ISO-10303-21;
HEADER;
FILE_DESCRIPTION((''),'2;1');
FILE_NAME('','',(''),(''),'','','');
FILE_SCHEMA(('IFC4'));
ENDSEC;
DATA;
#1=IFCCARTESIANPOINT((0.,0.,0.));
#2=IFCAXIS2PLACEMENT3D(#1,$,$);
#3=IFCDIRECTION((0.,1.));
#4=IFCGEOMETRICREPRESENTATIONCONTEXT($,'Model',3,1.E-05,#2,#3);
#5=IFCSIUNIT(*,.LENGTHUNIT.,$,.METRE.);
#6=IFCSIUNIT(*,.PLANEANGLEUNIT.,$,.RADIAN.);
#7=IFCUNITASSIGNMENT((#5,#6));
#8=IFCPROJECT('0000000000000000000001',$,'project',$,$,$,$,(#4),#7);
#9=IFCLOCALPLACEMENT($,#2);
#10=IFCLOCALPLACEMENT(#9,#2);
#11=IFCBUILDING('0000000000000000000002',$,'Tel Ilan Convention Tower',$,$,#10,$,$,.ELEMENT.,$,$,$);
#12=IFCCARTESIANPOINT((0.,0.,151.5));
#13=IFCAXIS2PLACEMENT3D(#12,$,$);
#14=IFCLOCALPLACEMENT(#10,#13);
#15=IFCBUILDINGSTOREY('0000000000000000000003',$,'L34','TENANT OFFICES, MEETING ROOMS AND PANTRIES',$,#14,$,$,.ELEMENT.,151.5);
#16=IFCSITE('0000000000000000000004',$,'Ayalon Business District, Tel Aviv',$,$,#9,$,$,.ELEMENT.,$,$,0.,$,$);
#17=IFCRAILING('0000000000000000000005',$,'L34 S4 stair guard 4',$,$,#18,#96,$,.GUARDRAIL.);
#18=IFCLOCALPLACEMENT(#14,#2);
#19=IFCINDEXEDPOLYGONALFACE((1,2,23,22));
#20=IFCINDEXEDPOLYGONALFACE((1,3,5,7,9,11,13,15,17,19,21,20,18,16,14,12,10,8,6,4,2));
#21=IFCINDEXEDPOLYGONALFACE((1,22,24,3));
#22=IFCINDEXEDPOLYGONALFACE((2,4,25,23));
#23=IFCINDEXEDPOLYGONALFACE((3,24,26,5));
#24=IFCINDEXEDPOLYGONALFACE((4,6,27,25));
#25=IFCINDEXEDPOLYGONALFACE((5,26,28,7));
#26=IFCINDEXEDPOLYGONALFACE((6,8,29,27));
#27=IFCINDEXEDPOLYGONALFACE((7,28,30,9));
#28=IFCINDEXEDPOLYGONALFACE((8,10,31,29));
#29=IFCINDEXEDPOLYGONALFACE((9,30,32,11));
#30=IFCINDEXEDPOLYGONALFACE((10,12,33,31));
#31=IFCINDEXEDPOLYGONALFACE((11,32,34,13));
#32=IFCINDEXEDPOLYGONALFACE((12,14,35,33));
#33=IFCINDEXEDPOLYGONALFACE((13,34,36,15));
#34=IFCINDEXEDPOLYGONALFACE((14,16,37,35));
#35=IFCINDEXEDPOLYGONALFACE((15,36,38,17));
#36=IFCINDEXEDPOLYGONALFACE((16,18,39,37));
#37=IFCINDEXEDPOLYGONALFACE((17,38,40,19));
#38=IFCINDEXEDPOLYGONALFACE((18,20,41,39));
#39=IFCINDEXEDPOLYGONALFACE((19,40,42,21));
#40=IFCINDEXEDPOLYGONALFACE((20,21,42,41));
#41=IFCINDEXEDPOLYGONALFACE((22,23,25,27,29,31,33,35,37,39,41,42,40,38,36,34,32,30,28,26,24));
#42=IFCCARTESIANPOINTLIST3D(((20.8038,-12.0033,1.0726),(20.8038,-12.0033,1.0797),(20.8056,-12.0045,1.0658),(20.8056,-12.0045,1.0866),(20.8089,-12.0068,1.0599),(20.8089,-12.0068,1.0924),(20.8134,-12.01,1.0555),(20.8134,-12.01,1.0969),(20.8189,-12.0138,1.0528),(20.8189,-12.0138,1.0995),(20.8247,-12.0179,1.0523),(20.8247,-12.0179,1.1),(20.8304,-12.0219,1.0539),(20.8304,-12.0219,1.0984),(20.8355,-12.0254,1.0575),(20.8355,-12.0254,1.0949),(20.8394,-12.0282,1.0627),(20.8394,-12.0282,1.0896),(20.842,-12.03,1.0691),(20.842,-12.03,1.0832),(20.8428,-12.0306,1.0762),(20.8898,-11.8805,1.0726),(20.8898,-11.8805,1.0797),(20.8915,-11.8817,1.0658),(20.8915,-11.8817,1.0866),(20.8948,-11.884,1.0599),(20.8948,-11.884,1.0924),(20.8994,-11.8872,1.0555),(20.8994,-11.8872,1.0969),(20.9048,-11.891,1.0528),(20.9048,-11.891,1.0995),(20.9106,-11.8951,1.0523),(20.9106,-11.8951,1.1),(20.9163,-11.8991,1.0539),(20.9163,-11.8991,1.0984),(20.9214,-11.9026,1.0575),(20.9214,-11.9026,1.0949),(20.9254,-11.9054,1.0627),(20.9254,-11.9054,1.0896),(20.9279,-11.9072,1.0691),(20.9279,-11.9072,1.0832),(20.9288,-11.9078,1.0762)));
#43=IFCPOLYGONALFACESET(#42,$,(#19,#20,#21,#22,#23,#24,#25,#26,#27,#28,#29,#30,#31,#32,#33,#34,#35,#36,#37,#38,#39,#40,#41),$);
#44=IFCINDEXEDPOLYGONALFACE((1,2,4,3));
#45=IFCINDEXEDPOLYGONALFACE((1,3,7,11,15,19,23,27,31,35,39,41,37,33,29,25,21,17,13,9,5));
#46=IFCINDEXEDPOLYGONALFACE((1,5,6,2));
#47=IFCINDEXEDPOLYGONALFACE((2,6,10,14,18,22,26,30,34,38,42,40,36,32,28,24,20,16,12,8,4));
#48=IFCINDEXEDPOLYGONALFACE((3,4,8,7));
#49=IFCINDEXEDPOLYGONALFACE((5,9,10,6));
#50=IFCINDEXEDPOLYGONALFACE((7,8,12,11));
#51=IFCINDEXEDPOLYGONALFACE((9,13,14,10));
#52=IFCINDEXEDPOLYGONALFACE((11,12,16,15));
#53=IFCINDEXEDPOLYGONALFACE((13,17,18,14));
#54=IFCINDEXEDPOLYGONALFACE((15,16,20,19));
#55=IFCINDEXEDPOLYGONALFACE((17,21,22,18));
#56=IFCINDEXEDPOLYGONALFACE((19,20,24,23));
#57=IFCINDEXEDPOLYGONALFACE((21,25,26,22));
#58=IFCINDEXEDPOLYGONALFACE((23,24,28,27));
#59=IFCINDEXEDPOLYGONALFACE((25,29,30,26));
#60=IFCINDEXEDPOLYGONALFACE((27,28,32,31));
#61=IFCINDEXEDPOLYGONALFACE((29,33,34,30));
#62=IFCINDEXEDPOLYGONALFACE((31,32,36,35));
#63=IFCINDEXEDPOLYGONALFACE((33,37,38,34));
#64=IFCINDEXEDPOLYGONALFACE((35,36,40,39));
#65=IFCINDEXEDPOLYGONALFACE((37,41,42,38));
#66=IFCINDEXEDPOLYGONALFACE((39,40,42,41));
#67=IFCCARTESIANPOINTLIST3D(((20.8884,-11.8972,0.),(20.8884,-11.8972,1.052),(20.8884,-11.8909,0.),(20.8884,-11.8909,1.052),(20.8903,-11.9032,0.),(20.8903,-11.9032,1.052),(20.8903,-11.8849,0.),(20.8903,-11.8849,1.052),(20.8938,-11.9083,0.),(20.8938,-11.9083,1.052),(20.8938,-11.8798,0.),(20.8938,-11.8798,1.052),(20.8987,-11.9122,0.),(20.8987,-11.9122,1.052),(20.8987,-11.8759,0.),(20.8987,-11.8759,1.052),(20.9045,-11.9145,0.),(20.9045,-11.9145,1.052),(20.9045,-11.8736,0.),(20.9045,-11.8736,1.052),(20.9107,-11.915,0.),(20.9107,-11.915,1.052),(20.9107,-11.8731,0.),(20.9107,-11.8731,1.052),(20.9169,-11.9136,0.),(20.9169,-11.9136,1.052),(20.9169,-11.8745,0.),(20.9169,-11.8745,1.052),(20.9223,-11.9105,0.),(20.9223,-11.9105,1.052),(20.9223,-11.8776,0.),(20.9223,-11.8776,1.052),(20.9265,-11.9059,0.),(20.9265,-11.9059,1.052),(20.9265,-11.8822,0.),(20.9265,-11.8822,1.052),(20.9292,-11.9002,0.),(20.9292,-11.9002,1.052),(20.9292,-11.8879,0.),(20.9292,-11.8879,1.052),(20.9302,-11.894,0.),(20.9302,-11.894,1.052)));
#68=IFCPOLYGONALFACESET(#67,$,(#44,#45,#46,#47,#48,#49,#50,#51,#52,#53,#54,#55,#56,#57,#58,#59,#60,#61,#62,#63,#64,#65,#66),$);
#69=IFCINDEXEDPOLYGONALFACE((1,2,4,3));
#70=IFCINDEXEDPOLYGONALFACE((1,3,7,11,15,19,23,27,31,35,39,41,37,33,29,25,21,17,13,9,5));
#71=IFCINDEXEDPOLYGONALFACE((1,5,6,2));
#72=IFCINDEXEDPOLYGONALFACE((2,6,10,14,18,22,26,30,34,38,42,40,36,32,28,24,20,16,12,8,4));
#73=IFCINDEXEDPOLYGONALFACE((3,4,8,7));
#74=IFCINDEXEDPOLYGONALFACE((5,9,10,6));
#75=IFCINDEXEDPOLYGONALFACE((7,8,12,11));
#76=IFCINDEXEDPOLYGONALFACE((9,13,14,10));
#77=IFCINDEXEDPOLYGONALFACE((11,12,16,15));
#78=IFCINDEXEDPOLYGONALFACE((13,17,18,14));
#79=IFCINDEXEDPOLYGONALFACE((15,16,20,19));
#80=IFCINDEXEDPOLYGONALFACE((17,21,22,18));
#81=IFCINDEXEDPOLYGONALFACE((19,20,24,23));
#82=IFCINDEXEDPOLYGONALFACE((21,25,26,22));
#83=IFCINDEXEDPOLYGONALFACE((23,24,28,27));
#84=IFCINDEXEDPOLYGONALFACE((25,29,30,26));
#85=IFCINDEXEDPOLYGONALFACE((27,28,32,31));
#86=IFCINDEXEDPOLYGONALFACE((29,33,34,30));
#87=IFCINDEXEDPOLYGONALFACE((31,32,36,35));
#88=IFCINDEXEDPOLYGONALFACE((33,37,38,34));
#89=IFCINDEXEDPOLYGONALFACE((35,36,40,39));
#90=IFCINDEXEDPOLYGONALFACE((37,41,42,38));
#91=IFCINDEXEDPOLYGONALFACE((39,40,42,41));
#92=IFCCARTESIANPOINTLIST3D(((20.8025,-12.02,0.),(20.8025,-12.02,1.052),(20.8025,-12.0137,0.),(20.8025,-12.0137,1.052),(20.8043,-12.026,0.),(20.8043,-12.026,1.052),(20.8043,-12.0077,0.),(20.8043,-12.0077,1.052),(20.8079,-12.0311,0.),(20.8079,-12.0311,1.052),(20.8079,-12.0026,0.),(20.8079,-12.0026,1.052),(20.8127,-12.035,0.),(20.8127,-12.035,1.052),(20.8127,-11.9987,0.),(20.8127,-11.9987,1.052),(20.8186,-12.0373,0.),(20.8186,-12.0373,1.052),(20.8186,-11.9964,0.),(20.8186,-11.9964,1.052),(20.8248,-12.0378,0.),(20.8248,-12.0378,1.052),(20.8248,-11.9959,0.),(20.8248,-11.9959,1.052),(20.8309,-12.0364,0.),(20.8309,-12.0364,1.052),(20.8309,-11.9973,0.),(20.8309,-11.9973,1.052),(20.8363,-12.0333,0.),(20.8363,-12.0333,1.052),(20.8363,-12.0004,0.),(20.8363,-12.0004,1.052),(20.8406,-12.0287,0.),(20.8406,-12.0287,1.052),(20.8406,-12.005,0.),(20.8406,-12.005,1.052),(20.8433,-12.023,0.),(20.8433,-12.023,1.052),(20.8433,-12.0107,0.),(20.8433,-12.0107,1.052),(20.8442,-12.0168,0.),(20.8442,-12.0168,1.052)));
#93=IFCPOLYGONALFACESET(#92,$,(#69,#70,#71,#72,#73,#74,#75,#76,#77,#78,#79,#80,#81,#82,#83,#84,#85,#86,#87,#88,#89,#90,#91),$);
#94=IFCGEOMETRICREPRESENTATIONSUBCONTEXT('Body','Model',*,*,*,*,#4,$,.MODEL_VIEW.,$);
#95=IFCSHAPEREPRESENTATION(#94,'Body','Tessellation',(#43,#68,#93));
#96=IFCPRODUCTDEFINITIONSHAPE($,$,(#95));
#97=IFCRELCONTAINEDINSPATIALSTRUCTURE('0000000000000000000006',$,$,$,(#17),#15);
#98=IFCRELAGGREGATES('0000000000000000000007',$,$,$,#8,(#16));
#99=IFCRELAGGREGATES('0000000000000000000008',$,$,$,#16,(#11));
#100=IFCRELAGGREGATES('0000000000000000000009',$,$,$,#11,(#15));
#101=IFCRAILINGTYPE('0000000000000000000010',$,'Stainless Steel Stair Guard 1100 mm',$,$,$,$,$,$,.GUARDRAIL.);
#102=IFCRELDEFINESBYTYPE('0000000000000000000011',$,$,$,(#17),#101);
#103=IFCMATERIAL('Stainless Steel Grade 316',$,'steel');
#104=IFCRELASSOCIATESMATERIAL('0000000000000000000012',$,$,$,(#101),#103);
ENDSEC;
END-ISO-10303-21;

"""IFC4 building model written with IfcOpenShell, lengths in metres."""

from ifc_helpers import new_model, si_unit, direction, frame, origin, origin_2d, place, context, subcontext, project, spatial, circle, extrude, material, type_object, element, save


model = new_model("IFC4")

# Units and contexts
model_context = context("Model", 3, precision=1e-05, world=origin(), true_north=direction((0.0, 1.0)))
body_context = subcontext(model_context, "Body", "Model", "MODEL_VIEW")
ifc_project = project(units=[si_unit("LENGTHUNIT", "METRE"), si_unit("PLANEANGLEUNIT", "RADIAN")], contexts=[model_context])

# Site, building, storey
site_placement = place(None, origin())
site = spatial("IfcSite", under=ifc_project, at=site_placement, Name="Ayalon Business District, Tel Aviv", CompositionType="ELEMENT", RefElevation=0.0)
building_placement = place(site_placement, origin())
building = spatial("IfcBuilding", under=site, at=building_placement, Name="Tel Ilan Convention Tower", CompositionType="ELEMENT")
storey_placement = place(building_placement, frame((0.0, 0.0, 151.5)))
storey = spatial("IfcBuildingStorey", under=building, at=storey_placement, Name="L34", Description="TENANT OFFICES, MEETING ROOMS AND PANTRIES", CompositionType="ELEMENT", Elevation=151.5)

# Railing
ifc_material_1 = material(Name="Stainless Steel Grade 316", Category="steel")
railing_type_1 = type_object("IfcRailingType", Name="Stainless Steel Stair Guard 1100 mm", PredefinedType="GUARDRAIL", material=ifc_material_1)
railing_1_placement = place(storey_placement, frame((20.9092, -11.894, 0.0)))
element("IfcRailing", 1, at=railing_1_placement, inside=storey, type_object=railing_type_1, Name="L34 S4 stair guard 4", PredefinedType="GUARDRAIL", context=body_context, shape_type="SweptSolid", body=[
    extrude(circle(Radius=0.0239, at=origin_2d()), frame((0.0, 0.0, 1.0762), z_axis=(-0.573353, -0.819308, 0.0), x_axis=(0.819308, -0.573353, 0.0)), (0.0, 0.0, 1.0), 0.1499),
    extrude(circle(Radius=0.021, at=origin_2d()), origin(), (0.0, 0.0, 1.0), 1.052),
    extrude(circle(Radius=0.021, at=origin_2d()), frame((-0.0859, -0.1228, 0.0)), (0.0, 0.0, 1.0), 1.052),
])

save(model, "model.ifc")
